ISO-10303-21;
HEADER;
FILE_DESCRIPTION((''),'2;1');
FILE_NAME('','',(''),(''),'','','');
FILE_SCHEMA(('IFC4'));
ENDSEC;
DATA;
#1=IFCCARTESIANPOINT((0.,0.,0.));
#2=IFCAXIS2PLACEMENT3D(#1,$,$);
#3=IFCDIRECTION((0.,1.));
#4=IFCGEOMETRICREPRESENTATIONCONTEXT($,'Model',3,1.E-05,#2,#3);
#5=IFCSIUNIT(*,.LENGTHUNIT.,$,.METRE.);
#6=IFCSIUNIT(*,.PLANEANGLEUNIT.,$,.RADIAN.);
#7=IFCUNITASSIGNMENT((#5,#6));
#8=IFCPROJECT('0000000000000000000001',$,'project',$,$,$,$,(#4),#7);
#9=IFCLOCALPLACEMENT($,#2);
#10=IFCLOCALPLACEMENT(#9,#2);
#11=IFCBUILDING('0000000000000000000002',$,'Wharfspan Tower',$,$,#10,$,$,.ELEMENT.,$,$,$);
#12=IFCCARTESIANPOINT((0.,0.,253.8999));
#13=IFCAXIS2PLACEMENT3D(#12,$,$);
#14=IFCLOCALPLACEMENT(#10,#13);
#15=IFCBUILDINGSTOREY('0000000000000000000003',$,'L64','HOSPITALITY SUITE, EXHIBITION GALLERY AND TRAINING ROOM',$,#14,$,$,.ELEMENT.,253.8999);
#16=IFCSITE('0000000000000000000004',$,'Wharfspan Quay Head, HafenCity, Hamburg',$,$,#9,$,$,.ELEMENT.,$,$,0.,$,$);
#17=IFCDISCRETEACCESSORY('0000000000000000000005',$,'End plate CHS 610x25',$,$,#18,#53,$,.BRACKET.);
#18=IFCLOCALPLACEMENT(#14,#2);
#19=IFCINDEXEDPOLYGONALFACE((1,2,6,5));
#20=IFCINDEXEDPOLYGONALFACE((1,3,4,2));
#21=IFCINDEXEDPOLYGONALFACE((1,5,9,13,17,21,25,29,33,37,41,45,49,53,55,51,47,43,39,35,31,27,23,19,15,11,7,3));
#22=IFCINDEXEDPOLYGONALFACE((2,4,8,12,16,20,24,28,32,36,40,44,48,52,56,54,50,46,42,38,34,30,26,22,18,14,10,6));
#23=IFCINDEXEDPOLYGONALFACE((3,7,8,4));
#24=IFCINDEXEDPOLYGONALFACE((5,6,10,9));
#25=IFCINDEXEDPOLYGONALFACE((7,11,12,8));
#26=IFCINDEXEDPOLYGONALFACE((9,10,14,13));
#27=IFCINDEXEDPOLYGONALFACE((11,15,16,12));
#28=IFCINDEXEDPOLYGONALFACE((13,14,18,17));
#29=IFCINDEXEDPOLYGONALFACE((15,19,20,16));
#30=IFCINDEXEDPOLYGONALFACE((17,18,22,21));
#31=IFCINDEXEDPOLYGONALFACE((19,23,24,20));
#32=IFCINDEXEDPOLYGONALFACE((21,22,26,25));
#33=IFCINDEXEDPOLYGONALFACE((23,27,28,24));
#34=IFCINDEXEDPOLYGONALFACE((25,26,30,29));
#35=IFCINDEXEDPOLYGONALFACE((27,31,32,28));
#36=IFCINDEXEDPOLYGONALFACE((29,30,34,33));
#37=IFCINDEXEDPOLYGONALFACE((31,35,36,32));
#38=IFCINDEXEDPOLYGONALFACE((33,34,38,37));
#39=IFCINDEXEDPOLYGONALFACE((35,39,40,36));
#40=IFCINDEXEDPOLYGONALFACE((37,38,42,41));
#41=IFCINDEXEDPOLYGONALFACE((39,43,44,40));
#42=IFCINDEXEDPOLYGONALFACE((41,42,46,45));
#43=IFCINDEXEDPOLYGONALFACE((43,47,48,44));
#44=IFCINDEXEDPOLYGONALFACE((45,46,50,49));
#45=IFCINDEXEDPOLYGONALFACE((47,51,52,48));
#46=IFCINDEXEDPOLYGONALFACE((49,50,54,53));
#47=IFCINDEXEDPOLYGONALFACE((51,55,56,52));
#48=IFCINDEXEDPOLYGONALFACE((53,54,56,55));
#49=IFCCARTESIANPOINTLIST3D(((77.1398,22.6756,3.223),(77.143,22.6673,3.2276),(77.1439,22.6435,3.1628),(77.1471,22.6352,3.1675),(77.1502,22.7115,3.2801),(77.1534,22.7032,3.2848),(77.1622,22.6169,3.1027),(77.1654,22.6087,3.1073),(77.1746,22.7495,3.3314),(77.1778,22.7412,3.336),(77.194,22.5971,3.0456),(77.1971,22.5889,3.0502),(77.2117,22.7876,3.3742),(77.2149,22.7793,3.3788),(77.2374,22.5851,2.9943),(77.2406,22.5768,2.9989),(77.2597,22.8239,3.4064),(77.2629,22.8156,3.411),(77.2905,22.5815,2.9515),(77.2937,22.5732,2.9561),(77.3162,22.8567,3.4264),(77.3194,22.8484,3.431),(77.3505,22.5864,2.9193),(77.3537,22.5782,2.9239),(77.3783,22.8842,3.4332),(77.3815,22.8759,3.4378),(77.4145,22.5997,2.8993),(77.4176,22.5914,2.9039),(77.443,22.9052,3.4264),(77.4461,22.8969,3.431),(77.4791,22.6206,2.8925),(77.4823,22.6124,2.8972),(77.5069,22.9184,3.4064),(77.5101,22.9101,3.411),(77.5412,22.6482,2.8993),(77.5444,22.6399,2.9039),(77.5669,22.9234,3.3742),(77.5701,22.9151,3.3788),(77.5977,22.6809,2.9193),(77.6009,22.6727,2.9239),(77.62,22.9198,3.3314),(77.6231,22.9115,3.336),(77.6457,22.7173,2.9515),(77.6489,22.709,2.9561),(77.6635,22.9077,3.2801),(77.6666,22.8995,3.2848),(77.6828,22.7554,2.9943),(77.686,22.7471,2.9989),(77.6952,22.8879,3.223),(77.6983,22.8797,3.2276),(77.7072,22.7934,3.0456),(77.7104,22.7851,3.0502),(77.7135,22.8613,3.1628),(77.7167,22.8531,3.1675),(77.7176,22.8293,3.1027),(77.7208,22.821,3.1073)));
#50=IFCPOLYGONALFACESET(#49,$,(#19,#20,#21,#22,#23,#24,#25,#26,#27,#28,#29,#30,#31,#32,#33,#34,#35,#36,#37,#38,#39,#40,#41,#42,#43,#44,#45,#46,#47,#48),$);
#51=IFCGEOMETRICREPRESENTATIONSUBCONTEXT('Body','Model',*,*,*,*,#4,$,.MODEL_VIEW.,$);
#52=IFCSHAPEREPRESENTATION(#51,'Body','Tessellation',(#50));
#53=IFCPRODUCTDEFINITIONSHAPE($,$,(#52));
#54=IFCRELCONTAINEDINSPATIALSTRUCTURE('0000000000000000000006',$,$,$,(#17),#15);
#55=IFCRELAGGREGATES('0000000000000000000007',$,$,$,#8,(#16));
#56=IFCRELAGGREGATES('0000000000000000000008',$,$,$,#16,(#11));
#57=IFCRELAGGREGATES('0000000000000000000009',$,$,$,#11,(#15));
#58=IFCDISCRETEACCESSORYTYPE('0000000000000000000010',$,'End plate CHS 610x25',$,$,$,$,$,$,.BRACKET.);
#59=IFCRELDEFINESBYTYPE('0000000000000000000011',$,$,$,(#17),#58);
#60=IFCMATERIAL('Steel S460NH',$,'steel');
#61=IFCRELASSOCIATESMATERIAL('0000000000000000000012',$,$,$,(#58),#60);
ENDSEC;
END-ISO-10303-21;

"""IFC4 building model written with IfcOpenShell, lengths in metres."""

from ifc_helpers import new_model, si_unit, direction, frame, origin, origin_2d, place, context, subcontext, project, spatial, circle, extrude, material, material_profile, profile_set, type_object, element, save


model = new_model("IFC4")

# Units and contexts
model_context = context("Model", 3, precision=1e-05, world=origin(), true_north=direction((0.0, 1.0)))
body_context = subcontext(model_context, "Body", "Model", "MODEL_VIEW")
ifc_project = project(units=[si_unit("LENGTHUNIT", "METRE"), si_unit("PLANEANGLEUNIT", "RADIAN")], contexts=[model_context])

# Site, building, storey
site_placement = place(None, origin())
site = spatial("IfcSite", under=ifc_project, at=site_placement, Name="Wharfspan Quay Head, HafenCity, Hamburg", CompositionType="ELEMENT", RefElevation=0.0)
building_placement = place(site_placement, origin())
building = spatial("IfcBuilding", under=site, at=building_placement, Name="Wharfspan Tower", CompositionType="ELEMENT")
storey_placement = place(building_placement, frame((0.0, 0.0, 253.8999)))
storey = spatial("IfcBuildingStorey", under=building, at=storey_placement, Name="L64", Description="HOSPITALITY SUITE, EXHIBITION GALLERY AND TRAINING ROOM", CompositionType="ELEMENT", Elevation=253.8999)

# Shared definitions
ifc_material_1 = material(Name="Steel S460NH", Category="steel")

# Discrete accessory
ifc_material_profile_1 = material_profile(ifc_material_1, circle(Radius=0.3049, at=origin_2d()))
ifc_profile_set_1 = profile_set([ifc_material_profile_1], Name="Steel S460NH")
discrete_accessory_type = type_object("IfcDiscreteAccessoryType", Name="End plate CHS 610x25", PredefinedType="BRACKET", material=ifc_profile_set_1)
for number, where, z_axis, x_axis, name in (
    (1, (77.4287, 22.7524, 3.1628), (0.316603, -0.828038, 0.462727), (0.934054, 0.357138, -0.000001), "End plate CHS 610x25"),
):
    element("IfcDiscreteAccessory", number, at=place(storey_placement, frame(where, z_axis=z_axis, x_axis=x_axis)), inside=storey, type_object=discrete_accessory_type, Name=name, PredefinedType="BRACKET", context=body_context, shape_type="SweptSolid", body=[
        extrude(circle(Radius=0.3049, at=origin_2d()), origin(), (0.0, 0.0, 1.0), 0.01),
    ])

save(model, "model.ifc")
